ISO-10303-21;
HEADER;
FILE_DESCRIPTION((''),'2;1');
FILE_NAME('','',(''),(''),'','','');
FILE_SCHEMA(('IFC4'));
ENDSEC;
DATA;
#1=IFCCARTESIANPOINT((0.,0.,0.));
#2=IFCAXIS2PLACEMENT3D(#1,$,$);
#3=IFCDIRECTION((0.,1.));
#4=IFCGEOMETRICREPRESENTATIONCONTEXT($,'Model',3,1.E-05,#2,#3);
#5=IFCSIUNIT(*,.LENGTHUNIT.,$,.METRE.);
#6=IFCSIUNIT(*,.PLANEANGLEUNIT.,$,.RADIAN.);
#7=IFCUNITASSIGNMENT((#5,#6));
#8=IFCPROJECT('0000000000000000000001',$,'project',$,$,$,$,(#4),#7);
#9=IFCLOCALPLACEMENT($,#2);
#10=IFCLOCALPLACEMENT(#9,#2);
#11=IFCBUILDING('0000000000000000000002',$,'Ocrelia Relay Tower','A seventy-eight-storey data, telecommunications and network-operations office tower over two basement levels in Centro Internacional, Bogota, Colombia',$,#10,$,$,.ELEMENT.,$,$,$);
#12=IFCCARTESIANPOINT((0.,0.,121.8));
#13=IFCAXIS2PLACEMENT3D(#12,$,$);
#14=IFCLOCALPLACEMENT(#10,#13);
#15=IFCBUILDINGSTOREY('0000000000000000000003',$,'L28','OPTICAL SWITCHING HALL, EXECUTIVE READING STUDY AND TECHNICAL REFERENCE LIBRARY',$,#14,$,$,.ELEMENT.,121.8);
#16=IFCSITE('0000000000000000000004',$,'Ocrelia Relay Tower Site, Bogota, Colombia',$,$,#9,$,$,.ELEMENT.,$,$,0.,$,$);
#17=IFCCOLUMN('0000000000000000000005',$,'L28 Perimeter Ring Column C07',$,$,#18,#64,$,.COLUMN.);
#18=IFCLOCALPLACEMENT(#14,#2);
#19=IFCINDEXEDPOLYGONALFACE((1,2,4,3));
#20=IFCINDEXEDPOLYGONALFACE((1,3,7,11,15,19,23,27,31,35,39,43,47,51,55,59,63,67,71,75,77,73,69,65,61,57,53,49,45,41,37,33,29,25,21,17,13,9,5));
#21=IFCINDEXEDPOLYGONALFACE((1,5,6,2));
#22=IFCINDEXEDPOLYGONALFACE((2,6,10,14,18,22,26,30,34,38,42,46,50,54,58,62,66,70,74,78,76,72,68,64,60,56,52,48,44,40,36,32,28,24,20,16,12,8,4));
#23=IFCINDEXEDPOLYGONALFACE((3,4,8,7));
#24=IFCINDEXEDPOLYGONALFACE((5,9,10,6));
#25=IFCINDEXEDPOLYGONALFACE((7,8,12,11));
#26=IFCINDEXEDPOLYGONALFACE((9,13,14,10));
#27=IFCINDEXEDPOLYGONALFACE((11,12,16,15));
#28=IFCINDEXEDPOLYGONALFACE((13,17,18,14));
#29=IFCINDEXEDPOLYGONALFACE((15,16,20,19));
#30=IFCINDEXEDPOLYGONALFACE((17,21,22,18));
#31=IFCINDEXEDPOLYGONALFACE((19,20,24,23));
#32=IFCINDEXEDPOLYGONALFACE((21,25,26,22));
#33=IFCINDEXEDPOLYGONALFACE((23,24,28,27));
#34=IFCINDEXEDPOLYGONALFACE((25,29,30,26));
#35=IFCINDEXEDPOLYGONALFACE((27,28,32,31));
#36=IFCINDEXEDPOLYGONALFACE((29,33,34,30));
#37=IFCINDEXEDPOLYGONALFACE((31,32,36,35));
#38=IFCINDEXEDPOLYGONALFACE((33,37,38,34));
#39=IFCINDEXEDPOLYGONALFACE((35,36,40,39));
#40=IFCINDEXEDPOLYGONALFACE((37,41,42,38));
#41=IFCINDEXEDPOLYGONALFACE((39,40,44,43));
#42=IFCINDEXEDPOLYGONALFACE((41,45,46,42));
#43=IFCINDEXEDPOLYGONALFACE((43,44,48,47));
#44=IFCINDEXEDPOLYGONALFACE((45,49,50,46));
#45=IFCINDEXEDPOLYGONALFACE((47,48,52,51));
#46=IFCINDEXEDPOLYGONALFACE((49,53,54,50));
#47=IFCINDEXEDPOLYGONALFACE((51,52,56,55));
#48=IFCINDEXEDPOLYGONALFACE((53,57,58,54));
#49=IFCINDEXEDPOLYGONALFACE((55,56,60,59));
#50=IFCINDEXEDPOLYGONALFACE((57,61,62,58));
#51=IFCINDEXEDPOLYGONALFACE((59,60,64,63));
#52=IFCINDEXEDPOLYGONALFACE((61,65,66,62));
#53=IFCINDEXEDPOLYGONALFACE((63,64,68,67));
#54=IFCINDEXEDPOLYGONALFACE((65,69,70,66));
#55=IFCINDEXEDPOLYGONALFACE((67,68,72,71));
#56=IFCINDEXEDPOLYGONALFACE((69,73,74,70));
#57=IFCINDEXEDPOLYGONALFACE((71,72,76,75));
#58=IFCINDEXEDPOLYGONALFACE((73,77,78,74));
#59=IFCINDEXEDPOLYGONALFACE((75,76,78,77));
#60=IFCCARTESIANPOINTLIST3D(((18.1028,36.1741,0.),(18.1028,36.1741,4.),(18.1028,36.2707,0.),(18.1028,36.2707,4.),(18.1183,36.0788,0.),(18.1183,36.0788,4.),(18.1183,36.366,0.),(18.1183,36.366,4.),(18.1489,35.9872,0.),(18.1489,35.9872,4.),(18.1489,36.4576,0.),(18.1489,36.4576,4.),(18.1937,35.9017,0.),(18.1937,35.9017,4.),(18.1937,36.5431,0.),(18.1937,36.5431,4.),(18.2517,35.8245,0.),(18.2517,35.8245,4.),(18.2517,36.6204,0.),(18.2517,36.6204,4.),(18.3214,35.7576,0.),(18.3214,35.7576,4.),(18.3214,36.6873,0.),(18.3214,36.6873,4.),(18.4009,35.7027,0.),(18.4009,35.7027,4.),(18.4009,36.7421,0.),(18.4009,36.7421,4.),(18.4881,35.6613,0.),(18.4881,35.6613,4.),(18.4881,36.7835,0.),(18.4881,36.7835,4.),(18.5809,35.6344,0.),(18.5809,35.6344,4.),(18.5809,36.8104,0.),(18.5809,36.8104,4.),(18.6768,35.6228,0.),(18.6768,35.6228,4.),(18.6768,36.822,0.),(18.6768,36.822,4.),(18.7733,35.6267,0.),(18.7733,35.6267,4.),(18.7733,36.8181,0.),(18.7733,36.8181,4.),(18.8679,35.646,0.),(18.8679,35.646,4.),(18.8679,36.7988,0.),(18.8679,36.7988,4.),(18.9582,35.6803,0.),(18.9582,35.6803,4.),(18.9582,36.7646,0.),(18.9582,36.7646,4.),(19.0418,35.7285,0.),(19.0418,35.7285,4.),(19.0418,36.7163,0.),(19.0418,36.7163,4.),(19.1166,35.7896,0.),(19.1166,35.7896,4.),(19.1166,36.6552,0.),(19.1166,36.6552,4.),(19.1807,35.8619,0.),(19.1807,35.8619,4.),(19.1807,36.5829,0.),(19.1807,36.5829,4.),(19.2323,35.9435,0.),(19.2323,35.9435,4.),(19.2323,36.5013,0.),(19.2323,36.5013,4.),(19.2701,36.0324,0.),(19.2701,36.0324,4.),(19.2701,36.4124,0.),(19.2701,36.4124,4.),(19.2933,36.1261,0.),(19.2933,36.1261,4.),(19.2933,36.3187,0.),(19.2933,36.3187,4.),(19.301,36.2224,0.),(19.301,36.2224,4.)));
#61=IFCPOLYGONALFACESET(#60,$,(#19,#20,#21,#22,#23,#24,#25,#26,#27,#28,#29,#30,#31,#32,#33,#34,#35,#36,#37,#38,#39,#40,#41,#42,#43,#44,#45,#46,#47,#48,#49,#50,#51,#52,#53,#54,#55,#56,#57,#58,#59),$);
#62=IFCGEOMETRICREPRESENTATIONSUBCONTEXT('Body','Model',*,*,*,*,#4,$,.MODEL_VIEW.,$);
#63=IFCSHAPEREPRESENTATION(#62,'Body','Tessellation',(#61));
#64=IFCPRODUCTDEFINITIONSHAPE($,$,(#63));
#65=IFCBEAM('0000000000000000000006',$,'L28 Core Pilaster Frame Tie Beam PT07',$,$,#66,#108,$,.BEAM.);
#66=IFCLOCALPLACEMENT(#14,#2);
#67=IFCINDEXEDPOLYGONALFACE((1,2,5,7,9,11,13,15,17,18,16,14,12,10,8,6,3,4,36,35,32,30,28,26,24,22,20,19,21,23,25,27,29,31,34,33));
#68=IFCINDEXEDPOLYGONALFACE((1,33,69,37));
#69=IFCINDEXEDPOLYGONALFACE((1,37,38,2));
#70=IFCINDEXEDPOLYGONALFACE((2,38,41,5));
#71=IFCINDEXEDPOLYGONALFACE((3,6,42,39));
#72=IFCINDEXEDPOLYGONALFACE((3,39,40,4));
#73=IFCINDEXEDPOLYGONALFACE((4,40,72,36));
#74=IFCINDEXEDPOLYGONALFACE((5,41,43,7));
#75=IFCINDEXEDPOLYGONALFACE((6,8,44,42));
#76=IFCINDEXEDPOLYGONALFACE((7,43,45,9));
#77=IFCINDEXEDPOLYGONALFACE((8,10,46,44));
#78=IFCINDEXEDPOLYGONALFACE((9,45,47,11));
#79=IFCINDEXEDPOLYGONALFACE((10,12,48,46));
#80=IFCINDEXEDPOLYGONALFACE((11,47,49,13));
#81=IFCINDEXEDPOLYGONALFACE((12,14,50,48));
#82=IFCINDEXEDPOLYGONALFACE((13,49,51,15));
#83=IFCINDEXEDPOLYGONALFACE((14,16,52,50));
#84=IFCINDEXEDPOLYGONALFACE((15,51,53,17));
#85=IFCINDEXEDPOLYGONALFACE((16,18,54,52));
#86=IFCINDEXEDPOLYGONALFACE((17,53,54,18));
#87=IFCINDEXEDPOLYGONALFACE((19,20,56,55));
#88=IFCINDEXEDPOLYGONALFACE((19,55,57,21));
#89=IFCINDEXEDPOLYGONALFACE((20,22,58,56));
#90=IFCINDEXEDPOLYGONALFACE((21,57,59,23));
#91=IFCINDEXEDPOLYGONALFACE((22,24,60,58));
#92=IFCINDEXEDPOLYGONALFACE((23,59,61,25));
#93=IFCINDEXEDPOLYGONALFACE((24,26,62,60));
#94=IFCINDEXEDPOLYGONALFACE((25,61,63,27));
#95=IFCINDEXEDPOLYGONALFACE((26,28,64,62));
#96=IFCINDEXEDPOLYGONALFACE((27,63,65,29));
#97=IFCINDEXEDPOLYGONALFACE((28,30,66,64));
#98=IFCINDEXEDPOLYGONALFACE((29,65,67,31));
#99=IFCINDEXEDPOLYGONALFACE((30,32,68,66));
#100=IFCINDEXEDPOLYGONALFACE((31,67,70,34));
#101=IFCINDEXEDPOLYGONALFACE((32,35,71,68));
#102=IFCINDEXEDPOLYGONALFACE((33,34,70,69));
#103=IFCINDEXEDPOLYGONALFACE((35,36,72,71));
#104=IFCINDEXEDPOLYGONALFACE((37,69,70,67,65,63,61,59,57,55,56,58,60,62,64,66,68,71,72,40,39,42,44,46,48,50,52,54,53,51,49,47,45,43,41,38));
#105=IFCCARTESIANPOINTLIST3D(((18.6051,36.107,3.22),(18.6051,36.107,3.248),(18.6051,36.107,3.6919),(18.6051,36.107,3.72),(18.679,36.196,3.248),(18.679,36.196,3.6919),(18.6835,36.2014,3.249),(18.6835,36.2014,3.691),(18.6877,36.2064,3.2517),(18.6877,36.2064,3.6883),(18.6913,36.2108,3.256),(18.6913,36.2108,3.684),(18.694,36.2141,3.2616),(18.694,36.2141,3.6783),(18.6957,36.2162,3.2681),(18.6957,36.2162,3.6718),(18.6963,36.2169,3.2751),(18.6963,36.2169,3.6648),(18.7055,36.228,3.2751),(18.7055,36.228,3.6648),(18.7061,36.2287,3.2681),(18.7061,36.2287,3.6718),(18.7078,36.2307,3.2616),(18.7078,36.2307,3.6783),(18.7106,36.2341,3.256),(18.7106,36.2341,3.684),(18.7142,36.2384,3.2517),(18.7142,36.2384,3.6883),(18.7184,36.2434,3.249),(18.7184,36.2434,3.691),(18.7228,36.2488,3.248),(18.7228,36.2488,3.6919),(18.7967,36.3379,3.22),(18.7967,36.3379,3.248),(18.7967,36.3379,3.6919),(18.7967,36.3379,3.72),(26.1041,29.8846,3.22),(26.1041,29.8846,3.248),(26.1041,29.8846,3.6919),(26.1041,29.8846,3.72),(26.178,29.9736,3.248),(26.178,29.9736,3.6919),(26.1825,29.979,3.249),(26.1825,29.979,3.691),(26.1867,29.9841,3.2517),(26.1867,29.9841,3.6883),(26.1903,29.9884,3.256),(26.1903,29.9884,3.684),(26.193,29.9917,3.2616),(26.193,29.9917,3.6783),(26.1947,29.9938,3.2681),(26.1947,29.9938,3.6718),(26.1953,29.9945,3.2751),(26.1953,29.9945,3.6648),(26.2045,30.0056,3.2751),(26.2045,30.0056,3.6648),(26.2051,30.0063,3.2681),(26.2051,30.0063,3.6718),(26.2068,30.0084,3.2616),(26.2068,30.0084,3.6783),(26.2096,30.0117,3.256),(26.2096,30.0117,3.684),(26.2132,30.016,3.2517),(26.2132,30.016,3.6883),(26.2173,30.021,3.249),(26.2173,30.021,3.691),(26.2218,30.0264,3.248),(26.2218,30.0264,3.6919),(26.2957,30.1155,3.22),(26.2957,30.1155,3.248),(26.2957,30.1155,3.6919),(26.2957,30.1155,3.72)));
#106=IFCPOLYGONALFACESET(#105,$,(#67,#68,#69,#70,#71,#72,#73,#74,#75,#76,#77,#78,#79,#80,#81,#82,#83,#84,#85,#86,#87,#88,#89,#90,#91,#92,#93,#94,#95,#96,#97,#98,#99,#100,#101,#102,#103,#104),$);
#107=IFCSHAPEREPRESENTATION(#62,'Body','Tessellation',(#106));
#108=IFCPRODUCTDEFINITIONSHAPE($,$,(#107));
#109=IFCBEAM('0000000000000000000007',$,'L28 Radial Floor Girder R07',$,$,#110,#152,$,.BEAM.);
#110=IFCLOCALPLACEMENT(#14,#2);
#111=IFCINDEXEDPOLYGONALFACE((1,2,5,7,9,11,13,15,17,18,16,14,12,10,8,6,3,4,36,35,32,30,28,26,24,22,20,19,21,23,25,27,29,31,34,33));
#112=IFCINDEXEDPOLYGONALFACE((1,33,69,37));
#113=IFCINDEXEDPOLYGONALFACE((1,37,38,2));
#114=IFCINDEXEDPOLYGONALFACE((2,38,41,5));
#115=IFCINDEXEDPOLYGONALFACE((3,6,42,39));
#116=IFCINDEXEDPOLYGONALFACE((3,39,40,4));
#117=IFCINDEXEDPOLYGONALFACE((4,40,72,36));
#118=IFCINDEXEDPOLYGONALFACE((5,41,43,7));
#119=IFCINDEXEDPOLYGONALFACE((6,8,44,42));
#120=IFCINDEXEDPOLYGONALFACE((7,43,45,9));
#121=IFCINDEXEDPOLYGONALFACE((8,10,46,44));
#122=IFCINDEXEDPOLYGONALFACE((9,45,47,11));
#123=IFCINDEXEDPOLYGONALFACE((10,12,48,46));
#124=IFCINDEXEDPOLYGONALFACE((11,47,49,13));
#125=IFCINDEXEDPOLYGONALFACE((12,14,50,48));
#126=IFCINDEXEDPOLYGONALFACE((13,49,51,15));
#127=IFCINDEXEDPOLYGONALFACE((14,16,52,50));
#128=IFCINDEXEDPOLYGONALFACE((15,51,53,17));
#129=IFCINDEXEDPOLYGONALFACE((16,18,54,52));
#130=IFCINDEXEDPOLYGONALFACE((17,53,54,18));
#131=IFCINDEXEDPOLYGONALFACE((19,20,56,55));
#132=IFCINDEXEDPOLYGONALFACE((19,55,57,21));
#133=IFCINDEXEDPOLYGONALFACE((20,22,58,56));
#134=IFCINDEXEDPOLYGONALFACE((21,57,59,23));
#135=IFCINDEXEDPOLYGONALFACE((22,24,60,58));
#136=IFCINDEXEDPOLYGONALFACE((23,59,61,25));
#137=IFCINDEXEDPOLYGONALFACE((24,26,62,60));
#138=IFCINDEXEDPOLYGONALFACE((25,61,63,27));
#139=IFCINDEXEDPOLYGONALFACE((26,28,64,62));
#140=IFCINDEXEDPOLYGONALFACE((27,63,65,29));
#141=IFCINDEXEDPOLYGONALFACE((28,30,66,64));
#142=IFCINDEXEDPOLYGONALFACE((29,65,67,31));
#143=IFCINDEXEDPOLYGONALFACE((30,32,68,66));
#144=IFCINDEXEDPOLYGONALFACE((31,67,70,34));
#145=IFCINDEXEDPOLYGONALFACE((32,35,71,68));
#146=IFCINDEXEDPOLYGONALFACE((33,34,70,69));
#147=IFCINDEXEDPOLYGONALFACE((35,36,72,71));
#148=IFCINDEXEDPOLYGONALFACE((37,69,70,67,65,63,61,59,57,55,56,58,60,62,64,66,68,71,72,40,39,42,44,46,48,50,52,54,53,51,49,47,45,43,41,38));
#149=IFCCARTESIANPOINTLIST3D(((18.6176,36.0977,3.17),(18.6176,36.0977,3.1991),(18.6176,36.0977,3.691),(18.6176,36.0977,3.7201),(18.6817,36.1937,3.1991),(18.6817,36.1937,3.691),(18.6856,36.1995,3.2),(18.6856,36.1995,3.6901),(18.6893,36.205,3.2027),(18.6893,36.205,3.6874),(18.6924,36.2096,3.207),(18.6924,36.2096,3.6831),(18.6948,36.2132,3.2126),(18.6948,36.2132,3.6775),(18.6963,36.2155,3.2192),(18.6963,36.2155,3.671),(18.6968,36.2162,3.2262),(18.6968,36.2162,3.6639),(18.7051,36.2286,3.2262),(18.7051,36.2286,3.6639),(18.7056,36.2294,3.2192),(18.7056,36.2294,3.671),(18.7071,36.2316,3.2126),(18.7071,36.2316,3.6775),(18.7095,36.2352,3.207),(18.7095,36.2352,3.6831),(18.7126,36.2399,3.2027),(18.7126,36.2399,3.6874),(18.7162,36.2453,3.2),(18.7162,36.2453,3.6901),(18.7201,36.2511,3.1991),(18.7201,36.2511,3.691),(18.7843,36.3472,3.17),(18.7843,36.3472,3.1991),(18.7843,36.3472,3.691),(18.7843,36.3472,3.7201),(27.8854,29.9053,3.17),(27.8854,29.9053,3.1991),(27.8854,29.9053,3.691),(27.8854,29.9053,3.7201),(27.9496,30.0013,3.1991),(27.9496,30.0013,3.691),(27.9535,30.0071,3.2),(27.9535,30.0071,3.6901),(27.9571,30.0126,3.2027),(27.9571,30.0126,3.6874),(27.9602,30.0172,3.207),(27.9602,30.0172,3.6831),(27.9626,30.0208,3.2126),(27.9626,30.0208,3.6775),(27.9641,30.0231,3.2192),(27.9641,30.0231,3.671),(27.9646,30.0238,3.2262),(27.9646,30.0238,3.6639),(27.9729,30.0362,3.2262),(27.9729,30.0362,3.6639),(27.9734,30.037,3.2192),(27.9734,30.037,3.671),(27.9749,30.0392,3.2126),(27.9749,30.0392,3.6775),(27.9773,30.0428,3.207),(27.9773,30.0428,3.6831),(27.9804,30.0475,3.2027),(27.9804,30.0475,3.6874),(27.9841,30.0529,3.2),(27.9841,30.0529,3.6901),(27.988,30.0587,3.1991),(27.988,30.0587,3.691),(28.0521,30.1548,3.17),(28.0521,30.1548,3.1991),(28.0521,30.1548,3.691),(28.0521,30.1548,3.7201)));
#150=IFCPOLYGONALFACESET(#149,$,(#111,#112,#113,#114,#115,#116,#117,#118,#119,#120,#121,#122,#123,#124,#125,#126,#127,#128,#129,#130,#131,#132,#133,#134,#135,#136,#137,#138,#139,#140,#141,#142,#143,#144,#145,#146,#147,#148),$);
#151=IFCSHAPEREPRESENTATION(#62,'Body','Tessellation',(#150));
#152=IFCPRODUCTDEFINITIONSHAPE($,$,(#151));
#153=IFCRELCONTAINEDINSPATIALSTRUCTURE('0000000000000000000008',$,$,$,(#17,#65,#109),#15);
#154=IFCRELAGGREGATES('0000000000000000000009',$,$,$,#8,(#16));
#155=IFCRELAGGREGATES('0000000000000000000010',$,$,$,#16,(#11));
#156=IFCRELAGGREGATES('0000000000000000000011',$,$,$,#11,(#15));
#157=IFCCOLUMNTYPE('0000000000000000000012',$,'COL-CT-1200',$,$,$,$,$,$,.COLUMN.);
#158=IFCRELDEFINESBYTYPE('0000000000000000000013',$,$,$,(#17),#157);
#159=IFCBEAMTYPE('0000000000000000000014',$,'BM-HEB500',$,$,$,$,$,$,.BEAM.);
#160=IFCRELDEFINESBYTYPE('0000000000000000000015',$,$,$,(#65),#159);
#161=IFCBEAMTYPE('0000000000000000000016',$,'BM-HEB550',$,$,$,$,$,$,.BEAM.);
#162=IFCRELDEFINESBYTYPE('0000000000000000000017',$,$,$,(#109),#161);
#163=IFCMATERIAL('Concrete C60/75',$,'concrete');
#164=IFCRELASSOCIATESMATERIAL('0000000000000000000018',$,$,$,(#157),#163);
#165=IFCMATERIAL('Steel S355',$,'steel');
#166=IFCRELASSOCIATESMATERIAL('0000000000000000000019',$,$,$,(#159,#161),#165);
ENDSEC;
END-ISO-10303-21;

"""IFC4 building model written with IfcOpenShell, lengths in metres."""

from ifc_helpers import new_model, si_unit, direction, frame, origin, origin_2d, place, context, subcontext, project, spatial, circle, i_section, extrude, material, material_profile, profile_set, type_object, element, save


model = new_model("IFC4")

# Units and contexts
model_context = context("Model", 3, precision=1e-05, world=origin(), true_north=direction((0.0, 1.0)))
body_context = subcontext(model_context, "Body", "Model", "MODEL_VIEW")
ifc_project = project(units=[si_unit("LENGTHUNIT", "METRE"), si_unit("PLANEANGLEUNIT", "RADIAN")], contexts=[model_context])

# Site, building, storey
site_placement = place(None, origin())
site = spatial("IfcSite", under=ifc_project, at=site_placement, Name="Ocrelia Relay Tower Site, Bogota, Colombia", CompositionType="ELEMENT", RefElevation=0.0)
building_placement = place(site_placement, origin())
building = spatial("IfcBuilding", under=site, at=building_placement, Name="Ocrelia Relay Tower", Description="A seventy-eight-storey data, telecommunications and network-operations office tower over two basement levels in Centro Internacional, Bogota, Colombia", CompositionType="ELEMENT")
storey_placement = place(building_placement, frame((0.0, 0.0, 121.8)))
storey = spatial("IfcBuildingStorey", under=building, at=storey_placement, Name="L28", Description="OPTICAL SWITCHING HALL, EXECUTIVE READING STUDY AND TECHNICAL REFERENCE LIBRARY", CompositionType="ELEMENT", Elevation=121.8)

# Column
ifc_material_1 = material(Name="Concrete C60/75", Category="concrete")
ifc_material_profile_1 = material_profile(ifc_material_1, circle(Radius=0.6001, at=origin_2d()), Name="RC-CIR-1200")
ifc_profile_set_1 = profile_set([ifc_material_profile_1], Name="Concrete C60/75")
column_type = type_object("IfcColumnType", Name="COL-CT-1200", PredefinedType="COLUMN", material=ifc_profile_set_1)
column_placement = place(storey_placement, frame((18.7009, 36.2224, 0.0), z_axis=(0.0, 0.0, 1.0), x_axis=(1.0, 0.0, 0.0)))
element("IfcColumn", 1, at=column_placement, inside=storey, type_object=column_type, Name="L28 Perimeter Ring Column C07", PredefinedType="COLUMN", context=body_context, shape_type="SweptSolid", body=[
    extrude(circle(Radius=0.6001, at=origin_2d()), origin(), (0.0, 0.0, 1.0), 4.0),
])

# Beams
ifc_material_2 = material(Name="Steel S355", Category="steel")
ifc_material_profile_2 = material_profile(ifc_material_2, i_section(OverallWidth=0.3, OverallDepth=0.5, WebThickness=0.0144, FlangeThickness=0.0281, FilletRadius=0.0271, at=origin_2d()), Name="HEB 500")
ifc_profile_set_2 = profile_set([ifc_material_profile_2], Name="Steel S355")
beam_type_1 = type_object("IfcBeamType", Name="BM-HEB500", PredefinedType="BEAM", material=ifc_profile_set_2)
beam_1_placement = place(storey_placement, frame((18.7009, 36.2224, 3.47), z_axis=(0.769571, -0.638561, 0.0), x_axis=(0.638561, 0.769571, 0.0)))
element("IfcBeam", 2, at=beam_1_placement, inside=storey, type_object=beam_type_1, Name="L28 Core Pilaster Frame Tie Beam PT07", PredefinedType="BEAM", context=body_context, shape_type="SweptSolid", body=[
    extrude(i_section(OverallWidth=0.3, OverallDepth=0.5, WebThickness=0.0144, FlangeThickness=0.0281, FilletRadius=0.0271, at=origin_2d()), origin(), (0.0, 0.0, 1.0), 9.7444),
])
ifc_material_profile_3 = material_profile(ifc_material_2, i_section(OverallWidth=0.3, OverallDepth=0.55, WebThickness=0.0149, FlangeThickness=0.0291, FilletRadius=0.0271, at=origin_2d()), Name="HEB 550")
ifc_profile_set_3 = profile_set([ifc_material_profile_3], Name="Steel S355")
beam_type_2 = type_object("IfcBeamType", Name="BM-HEB550", PredefinedType="BEAM", material=ifc_profile_set_3)
beam_2_placement = place(storey_placement, frame((18.7009, 36.2224, 3.4451), z_axis=(0.831477, -0.555559, 0.0), x_axis=(0.555559, 0.831477, 0.0)))
element("IfcBeam", 3, at=beam_2_placement, inside=storey, type_object=beam_type_2, Name="L28 Radial Floor Girder R07", PredefinedType="BEAM", context=body_context, shape_type="SweptSolid", body=[
    extrude(i_section(OverallWidth=0.3, OverallDepth=0.55, WebThickness=0.0149, FlangeThickness=0.0291, FilletRadius=0.0271, at=origin_2d()), origin(), (0.0, 0.0, 1.0), 11.1462),
])

save(model, "model.ifc")
